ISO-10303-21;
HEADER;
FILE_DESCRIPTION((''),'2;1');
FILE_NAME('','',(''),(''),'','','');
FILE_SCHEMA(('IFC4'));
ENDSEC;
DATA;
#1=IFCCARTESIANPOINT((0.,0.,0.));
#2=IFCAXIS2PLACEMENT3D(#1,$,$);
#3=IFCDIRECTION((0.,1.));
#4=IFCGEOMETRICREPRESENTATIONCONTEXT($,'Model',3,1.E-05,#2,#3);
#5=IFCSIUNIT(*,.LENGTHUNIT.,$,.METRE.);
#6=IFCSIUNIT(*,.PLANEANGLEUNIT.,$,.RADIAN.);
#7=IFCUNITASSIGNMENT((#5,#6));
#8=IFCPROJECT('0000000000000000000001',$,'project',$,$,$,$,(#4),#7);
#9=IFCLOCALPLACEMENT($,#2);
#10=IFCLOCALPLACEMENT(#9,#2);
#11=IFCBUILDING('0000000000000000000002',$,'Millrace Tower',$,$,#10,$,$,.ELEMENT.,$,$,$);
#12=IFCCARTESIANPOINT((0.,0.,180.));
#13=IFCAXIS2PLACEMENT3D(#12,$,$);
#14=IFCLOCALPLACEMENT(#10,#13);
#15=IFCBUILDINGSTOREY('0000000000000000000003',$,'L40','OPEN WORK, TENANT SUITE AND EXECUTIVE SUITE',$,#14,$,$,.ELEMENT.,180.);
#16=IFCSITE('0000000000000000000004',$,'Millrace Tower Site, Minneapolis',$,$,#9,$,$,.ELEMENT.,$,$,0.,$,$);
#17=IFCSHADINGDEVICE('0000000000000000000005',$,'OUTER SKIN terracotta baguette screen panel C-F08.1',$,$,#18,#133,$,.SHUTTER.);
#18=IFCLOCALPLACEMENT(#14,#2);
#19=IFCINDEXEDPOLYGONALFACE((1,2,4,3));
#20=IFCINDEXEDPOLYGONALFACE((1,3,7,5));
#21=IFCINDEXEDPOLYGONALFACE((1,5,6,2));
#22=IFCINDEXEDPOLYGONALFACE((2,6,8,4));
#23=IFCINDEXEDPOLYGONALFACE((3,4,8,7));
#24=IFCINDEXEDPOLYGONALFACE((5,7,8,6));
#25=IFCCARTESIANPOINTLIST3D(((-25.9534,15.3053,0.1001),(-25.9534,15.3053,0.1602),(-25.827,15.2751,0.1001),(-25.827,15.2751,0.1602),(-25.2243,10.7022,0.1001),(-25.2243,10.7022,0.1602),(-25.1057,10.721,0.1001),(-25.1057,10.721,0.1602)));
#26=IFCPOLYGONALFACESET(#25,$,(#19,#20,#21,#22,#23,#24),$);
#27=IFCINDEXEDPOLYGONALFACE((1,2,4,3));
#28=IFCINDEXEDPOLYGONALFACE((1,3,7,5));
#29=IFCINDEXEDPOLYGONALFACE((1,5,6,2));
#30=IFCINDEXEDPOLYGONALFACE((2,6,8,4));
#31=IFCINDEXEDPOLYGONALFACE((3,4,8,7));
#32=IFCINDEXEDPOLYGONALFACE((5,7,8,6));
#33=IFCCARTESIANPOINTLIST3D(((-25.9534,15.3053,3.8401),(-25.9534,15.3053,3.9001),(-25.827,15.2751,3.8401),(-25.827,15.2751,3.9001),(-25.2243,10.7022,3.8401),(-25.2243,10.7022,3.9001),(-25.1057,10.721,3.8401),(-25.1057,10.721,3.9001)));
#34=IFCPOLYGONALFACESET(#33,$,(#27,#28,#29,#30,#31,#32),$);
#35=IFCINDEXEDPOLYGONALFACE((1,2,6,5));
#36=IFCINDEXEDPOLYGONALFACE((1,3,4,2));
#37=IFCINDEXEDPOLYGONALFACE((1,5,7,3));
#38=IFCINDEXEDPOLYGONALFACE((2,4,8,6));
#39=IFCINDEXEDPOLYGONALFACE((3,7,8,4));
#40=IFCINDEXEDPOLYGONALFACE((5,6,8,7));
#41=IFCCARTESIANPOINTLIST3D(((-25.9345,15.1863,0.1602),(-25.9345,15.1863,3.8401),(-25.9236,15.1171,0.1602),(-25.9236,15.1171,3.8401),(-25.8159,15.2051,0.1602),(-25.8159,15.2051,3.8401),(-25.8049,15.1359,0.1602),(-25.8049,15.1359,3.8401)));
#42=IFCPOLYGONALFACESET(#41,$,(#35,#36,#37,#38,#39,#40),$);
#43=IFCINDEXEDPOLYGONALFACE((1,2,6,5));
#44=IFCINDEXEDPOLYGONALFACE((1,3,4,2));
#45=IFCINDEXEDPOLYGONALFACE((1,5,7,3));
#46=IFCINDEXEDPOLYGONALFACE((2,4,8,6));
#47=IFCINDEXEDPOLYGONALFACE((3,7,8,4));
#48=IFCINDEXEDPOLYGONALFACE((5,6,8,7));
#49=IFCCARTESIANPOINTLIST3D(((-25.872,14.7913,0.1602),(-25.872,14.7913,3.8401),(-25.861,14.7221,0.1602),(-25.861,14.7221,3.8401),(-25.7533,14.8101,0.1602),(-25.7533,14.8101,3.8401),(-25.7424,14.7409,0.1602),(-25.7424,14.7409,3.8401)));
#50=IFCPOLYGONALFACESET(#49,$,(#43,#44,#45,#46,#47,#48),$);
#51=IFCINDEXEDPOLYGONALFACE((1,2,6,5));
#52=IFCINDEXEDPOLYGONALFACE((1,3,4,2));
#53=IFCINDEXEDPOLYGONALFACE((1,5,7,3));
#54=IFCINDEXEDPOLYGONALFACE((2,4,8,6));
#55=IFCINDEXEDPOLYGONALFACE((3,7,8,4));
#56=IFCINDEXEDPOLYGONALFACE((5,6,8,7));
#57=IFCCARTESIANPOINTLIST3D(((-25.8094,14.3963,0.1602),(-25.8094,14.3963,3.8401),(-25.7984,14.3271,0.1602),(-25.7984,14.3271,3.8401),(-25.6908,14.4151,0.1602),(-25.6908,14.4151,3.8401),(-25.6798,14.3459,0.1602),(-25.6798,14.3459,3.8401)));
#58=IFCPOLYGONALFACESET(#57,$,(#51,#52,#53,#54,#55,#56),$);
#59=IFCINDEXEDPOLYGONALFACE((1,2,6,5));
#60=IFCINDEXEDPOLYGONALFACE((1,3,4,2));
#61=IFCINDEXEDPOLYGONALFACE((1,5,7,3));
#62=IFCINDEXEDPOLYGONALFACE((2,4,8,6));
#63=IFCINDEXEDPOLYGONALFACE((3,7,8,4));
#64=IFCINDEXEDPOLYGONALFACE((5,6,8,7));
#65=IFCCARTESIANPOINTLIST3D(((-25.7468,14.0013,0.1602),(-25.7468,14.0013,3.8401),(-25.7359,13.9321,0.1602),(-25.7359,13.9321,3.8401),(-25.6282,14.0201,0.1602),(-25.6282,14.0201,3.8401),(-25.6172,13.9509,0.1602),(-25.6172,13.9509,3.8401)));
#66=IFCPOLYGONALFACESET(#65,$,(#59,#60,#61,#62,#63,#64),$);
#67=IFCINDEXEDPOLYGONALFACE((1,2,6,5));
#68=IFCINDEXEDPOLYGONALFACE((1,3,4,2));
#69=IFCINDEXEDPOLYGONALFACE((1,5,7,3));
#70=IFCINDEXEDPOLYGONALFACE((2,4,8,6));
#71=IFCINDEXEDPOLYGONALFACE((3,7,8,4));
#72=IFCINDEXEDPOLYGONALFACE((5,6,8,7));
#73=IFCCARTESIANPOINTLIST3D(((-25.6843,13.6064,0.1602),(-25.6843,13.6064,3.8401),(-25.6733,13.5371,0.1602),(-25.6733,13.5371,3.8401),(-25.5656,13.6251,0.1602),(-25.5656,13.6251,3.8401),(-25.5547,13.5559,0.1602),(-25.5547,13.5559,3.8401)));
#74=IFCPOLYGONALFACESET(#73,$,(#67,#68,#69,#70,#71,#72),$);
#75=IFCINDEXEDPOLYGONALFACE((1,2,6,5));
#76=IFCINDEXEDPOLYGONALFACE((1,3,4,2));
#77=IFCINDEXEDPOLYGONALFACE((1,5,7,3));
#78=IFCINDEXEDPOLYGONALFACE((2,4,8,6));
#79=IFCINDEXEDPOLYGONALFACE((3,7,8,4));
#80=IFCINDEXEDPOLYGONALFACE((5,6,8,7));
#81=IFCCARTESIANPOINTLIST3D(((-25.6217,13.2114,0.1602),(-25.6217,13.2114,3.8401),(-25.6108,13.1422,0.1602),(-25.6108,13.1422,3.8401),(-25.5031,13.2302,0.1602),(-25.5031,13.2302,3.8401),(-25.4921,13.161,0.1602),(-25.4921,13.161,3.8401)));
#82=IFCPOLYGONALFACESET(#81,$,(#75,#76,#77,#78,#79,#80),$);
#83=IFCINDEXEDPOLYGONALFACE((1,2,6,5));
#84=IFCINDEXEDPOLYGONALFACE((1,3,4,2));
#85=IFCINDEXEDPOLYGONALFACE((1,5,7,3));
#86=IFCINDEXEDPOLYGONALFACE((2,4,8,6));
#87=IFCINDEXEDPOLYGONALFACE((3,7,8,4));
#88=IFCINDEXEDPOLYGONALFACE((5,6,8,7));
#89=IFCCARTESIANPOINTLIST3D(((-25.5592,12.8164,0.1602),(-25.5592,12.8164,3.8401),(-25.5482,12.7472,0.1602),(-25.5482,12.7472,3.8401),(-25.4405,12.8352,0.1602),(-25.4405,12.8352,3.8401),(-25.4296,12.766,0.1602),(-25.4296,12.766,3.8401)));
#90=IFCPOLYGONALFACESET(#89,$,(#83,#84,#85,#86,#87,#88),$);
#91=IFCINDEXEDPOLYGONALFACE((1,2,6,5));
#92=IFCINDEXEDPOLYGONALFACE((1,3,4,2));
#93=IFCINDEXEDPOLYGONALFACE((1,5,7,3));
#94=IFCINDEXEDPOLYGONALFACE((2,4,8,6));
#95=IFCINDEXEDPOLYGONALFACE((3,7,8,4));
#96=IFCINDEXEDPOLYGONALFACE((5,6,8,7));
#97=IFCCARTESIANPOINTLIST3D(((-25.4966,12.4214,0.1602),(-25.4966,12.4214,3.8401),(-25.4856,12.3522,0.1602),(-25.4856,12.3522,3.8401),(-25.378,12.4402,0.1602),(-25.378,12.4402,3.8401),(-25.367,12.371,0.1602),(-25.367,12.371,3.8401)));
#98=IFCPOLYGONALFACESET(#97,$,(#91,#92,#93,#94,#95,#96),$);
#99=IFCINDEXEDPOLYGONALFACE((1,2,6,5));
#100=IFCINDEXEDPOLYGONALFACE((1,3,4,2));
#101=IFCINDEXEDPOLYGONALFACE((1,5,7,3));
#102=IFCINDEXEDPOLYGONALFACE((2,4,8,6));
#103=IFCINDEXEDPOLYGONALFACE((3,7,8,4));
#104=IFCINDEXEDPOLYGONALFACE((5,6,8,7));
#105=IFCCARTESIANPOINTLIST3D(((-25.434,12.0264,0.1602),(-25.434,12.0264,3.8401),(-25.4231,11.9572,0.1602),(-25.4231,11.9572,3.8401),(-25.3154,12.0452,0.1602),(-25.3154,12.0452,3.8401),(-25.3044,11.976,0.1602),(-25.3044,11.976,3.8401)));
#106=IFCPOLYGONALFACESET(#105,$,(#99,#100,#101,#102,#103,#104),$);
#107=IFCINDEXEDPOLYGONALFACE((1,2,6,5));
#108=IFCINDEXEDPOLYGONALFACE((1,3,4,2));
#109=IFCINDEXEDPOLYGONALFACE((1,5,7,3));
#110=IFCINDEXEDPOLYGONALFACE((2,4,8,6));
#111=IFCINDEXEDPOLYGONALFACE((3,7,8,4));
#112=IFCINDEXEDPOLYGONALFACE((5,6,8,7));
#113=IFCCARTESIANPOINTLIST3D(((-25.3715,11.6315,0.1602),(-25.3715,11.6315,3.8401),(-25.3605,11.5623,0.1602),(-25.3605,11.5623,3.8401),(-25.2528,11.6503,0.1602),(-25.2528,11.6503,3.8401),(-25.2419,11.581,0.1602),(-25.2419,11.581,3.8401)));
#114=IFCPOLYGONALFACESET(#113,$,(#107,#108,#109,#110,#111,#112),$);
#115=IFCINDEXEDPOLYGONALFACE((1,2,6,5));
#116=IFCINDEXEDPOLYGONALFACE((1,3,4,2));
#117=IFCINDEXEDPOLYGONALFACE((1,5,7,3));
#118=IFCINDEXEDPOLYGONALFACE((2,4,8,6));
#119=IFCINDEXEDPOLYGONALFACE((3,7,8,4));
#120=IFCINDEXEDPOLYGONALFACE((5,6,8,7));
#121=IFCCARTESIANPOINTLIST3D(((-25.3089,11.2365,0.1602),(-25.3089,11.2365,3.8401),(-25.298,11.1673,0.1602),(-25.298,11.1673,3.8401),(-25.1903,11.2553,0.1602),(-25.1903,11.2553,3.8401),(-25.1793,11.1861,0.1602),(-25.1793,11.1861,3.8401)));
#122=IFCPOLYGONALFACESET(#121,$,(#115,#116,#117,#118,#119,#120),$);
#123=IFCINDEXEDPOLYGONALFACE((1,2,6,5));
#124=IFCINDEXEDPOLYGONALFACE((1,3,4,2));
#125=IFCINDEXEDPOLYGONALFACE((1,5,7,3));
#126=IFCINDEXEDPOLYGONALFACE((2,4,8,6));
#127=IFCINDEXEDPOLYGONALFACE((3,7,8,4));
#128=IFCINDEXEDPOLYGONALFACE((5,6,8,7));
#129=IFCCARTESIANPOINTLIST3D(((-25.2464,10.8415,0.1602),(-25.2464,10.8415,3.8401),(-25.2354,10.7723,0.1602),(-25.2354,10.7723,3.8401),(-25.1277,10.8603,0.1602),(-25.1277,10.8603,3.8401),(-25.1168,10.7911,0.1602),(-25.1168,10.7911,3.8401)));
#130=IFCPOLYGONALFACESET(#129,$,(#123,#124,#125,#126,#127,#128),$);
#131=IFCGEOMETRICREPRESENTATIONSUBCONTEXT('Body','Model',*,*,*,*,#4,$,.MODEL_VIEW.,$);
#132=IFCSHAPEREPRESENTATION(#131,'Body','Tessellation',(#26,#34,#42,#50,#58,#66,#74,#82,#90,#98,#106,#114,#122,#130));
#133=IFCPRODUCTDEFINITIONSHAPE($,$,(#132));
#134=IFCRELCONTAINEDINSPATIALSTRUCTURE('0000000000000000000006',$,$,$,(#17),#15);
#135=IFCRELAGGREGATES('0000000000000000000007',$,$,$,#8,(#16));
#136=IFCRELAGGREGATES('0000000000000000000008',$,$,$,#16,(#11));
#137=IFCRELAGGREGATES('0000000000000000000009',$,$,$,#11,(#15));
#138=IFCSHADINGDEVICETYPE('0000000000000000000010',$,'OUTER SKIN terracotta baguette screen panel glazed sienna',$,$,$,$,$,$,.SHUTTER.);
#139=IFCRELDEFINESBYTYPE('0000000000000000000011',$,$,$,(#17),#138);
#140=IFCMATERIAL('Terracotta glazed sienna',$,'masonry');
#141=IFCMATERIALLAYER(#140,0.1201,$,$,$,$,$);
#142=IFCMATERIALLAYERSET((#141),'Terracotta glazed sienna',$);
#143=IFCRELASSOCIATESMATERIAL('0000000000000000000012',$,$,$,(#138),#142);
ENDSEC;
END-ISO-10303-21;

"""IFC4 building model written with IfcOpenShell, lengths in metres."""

from ifc_helpers import new_model, entity, si_unit, direction, frame, frame_2d, origin, place, context, subcontext, project, spatial, rectangle, extrude, source, transform, mapped, material, layer, layer_set, type_object, element, save


model = new_model("IFC4")

# Units and contexts
model_context = context("Model", 3, precision=1e-05, world=origin(), true_north=direction((0.0, 1.0)))
body_context = subcontext(model_context, "Body", "Model", "MODEL_VIEW")
ifc_project = project(units=[si_unit("LENGTHUNIT", "METRE"), si_unit("PLANEANGLEUNIT", "RADIAN")], contexts=[model_context])

# Site, building, storey
site_placement = place(None, origin())
site = spatial("IfcSite", under=ifc_project, at=site_placement, Name="Millrace Tower Site, Minneapolis", CompositionType="ELEMENT", RefElevation=0.0)
building_placement = place(site_placement, origin())
building = spatial("IfcBuilding", under=site, at=building_placement, Name="Millrace Tower", CompositionType="ELEMENT")
storey_placement = place(building_placement, frame((0.0, 0.0, 180.0)))
storey = spatial("IfcBuildingStorey", under=building, at=storey_placement, Name="L40", Description="OPEN WORK, TENANT SUITE AND EXECUTIVE SUITE", CompositionType="ELEMENT", Elevation=180.0)

# Shading device
ifc_material_1 = material(Name="Terracotta glazed sienna", Category="masonry")
ifc_layer_1 = layer(ifc_material_1, 0.1201)
ifc_layer_set_1 = layer_set([ifc_layer_1], Name="Terracotta glazed sienna")
shading_device_type = type_object("IfcShadingDeviceType", Name="OUTER SKIN terracotta baguette screen panel glazed sienna", PredefinedType="SHUTTER", material=ifc_layer_set_1)
cartesian_point_1 = entity("IfcCartesianPoint", [-2.293, 0.0601])
shared_polyline_1 = entity("IfcPolyline", [cartesian_point_1, entity("IfcCartesianPoint", [2.3179, 0.0601]), entity("IfcCartesianPoint", [2.3179, -0.0601]), entity("IfcCartesianPoint", [-2.3425, -0.0601]), cartesian_point_1])
shared_shape_1 = source(origin(), body_context, "Body", "SweptSolid", [
    entity("IfcExtrudedAreaSolid", entity("IfcArbitraryClosedProfileDef", "AREA", None, shared_polyline_1), entity("IfcAxis2Placement3D", entity("IfcCartesianPoint", [0.0, 0.0, 0.0])), entity("IfcDirection", [0.0, 0.0, 1.0]), 0.0601),
    entity("IfcExtrudedAreaSolid", entity("IfcArbitraryClosedProfileDef", "AREA", None, shared_polyline_1), entity("IfcAxis2Placement3D", entity("IfcCartesianPoint", [0.0, 0.0, 3.74])), entity("IfcDirection", [0.0, 0.0, 1.0]), 0.0601),
    extrude(rectangle(XDim=0.0701, YDim=0.1201, at=frame_2d((-2.187, 0.0))), frame((0.0, 0.0, 0.0601)), (0.0, 0.0, 1.0), 3.6799),
    extrude(rectangle(XDim=0.0701, YDim=0.1201, at=frame_2d((-1.7871, 0.0))), frame((0.0, 0.0, 0.0601)), (0.0, 0.0, 1.0), 3.6799),
    extrude(rectangle(XDim=0.0701, YDim=0.1201, at=frame_2d((-1.3872, 0.0))), frame((0.0, 0.0, 0.0601)), (0.0, 0.0, 1.0), 3.6799),
    extrude(rectangle(XDim=0.0701, YDim=0.1201, at=frame_2d((-0.9873, 0.0))), frame((0.0, 0.0, 0.0601)), (0.0, 0.0, 1.0), 3.6799),
    extrude(rectangle(XDim=0.0701, YDim=0.1201, at=frame_2d((-0.5874, 0.0))), frame((0.0, 0.0, 0.0601)), (0.0, 0.0, 1.0), 3.6799),
    extrude(rectangle(XDim=0.0701, YDim=0.1201, at=frame_2d((-0.1875, 0.0))), frame((0.0, 0.0, 0.0601)), (0.0, 0.0, 1.0), 3.6799),
    extrude(rectangle(XDim=0.0701, YDim=0.1201, at=frame_2d((0.2124, 0.0))), frame((0.0, 0.0, 0.0601)), (0.0, 0.0, 1.0), 3.6799),
    extrude(rectangle(XDim=0.0701, YDim=0.1201, at=frame_2d((0.6123, 0.0))), frame((0.0, 0.0, 0.0601)), (0.0, 0.0, 1.0), 3.6799),
    extrude(rectangle(XDim=0.0701, YDim=0.1201, at=frame_2d((1.0122, 0.0))), frame((0.0, 0.0, 0.0601)), (0.0, 0.0, 1.0), 3.6799),
    extrude(rectangle(XDim=0.0701, YDim=0.1201, at=frame_2d((1.4121, 0.0))), frame((0.0, 0.0, 0.0601)), (0.0, 0.0, 1.0), 3.6799),
    extrude(rectangle(XDim=0.0701, YDim=0.1201, at=frame_2d((1.812, 0.0))), frame((0.0, 0.0, 0.0601)), (0.0, 0.0, 1.0), 3.6799),
    extrude(rectangle(XDim=0.0701, YDim=0.1201, at=frame_2d((2.2119, 0.0))), frame((0.0, 0.0, 0.0601)), (0.0, 0.0, 1.0), 3.6799),
])
shading_device_1_placement = place(storey_placement, frame((-25.5276, 13.001, 0.1001), z_axis=(0.0, 0.0, 1.0), x_axis=(0.156434, -0.987688, 0.0)))
element("IfcShadingDevice", 1, at=shading_device_1_placement, inside=storey, type_object=shading_device_type, Name="OUTER SKIN terracotta baguette screen panel C-F08.1", PredefinedType="SHUTTER", context=body_context, shape_type="MappedRepresentation", body=[
    mapped(shared_shape_1, transform((0.0, 0.0, 0.0), scale=1.0)),
])

save(model, "model.ifc")
